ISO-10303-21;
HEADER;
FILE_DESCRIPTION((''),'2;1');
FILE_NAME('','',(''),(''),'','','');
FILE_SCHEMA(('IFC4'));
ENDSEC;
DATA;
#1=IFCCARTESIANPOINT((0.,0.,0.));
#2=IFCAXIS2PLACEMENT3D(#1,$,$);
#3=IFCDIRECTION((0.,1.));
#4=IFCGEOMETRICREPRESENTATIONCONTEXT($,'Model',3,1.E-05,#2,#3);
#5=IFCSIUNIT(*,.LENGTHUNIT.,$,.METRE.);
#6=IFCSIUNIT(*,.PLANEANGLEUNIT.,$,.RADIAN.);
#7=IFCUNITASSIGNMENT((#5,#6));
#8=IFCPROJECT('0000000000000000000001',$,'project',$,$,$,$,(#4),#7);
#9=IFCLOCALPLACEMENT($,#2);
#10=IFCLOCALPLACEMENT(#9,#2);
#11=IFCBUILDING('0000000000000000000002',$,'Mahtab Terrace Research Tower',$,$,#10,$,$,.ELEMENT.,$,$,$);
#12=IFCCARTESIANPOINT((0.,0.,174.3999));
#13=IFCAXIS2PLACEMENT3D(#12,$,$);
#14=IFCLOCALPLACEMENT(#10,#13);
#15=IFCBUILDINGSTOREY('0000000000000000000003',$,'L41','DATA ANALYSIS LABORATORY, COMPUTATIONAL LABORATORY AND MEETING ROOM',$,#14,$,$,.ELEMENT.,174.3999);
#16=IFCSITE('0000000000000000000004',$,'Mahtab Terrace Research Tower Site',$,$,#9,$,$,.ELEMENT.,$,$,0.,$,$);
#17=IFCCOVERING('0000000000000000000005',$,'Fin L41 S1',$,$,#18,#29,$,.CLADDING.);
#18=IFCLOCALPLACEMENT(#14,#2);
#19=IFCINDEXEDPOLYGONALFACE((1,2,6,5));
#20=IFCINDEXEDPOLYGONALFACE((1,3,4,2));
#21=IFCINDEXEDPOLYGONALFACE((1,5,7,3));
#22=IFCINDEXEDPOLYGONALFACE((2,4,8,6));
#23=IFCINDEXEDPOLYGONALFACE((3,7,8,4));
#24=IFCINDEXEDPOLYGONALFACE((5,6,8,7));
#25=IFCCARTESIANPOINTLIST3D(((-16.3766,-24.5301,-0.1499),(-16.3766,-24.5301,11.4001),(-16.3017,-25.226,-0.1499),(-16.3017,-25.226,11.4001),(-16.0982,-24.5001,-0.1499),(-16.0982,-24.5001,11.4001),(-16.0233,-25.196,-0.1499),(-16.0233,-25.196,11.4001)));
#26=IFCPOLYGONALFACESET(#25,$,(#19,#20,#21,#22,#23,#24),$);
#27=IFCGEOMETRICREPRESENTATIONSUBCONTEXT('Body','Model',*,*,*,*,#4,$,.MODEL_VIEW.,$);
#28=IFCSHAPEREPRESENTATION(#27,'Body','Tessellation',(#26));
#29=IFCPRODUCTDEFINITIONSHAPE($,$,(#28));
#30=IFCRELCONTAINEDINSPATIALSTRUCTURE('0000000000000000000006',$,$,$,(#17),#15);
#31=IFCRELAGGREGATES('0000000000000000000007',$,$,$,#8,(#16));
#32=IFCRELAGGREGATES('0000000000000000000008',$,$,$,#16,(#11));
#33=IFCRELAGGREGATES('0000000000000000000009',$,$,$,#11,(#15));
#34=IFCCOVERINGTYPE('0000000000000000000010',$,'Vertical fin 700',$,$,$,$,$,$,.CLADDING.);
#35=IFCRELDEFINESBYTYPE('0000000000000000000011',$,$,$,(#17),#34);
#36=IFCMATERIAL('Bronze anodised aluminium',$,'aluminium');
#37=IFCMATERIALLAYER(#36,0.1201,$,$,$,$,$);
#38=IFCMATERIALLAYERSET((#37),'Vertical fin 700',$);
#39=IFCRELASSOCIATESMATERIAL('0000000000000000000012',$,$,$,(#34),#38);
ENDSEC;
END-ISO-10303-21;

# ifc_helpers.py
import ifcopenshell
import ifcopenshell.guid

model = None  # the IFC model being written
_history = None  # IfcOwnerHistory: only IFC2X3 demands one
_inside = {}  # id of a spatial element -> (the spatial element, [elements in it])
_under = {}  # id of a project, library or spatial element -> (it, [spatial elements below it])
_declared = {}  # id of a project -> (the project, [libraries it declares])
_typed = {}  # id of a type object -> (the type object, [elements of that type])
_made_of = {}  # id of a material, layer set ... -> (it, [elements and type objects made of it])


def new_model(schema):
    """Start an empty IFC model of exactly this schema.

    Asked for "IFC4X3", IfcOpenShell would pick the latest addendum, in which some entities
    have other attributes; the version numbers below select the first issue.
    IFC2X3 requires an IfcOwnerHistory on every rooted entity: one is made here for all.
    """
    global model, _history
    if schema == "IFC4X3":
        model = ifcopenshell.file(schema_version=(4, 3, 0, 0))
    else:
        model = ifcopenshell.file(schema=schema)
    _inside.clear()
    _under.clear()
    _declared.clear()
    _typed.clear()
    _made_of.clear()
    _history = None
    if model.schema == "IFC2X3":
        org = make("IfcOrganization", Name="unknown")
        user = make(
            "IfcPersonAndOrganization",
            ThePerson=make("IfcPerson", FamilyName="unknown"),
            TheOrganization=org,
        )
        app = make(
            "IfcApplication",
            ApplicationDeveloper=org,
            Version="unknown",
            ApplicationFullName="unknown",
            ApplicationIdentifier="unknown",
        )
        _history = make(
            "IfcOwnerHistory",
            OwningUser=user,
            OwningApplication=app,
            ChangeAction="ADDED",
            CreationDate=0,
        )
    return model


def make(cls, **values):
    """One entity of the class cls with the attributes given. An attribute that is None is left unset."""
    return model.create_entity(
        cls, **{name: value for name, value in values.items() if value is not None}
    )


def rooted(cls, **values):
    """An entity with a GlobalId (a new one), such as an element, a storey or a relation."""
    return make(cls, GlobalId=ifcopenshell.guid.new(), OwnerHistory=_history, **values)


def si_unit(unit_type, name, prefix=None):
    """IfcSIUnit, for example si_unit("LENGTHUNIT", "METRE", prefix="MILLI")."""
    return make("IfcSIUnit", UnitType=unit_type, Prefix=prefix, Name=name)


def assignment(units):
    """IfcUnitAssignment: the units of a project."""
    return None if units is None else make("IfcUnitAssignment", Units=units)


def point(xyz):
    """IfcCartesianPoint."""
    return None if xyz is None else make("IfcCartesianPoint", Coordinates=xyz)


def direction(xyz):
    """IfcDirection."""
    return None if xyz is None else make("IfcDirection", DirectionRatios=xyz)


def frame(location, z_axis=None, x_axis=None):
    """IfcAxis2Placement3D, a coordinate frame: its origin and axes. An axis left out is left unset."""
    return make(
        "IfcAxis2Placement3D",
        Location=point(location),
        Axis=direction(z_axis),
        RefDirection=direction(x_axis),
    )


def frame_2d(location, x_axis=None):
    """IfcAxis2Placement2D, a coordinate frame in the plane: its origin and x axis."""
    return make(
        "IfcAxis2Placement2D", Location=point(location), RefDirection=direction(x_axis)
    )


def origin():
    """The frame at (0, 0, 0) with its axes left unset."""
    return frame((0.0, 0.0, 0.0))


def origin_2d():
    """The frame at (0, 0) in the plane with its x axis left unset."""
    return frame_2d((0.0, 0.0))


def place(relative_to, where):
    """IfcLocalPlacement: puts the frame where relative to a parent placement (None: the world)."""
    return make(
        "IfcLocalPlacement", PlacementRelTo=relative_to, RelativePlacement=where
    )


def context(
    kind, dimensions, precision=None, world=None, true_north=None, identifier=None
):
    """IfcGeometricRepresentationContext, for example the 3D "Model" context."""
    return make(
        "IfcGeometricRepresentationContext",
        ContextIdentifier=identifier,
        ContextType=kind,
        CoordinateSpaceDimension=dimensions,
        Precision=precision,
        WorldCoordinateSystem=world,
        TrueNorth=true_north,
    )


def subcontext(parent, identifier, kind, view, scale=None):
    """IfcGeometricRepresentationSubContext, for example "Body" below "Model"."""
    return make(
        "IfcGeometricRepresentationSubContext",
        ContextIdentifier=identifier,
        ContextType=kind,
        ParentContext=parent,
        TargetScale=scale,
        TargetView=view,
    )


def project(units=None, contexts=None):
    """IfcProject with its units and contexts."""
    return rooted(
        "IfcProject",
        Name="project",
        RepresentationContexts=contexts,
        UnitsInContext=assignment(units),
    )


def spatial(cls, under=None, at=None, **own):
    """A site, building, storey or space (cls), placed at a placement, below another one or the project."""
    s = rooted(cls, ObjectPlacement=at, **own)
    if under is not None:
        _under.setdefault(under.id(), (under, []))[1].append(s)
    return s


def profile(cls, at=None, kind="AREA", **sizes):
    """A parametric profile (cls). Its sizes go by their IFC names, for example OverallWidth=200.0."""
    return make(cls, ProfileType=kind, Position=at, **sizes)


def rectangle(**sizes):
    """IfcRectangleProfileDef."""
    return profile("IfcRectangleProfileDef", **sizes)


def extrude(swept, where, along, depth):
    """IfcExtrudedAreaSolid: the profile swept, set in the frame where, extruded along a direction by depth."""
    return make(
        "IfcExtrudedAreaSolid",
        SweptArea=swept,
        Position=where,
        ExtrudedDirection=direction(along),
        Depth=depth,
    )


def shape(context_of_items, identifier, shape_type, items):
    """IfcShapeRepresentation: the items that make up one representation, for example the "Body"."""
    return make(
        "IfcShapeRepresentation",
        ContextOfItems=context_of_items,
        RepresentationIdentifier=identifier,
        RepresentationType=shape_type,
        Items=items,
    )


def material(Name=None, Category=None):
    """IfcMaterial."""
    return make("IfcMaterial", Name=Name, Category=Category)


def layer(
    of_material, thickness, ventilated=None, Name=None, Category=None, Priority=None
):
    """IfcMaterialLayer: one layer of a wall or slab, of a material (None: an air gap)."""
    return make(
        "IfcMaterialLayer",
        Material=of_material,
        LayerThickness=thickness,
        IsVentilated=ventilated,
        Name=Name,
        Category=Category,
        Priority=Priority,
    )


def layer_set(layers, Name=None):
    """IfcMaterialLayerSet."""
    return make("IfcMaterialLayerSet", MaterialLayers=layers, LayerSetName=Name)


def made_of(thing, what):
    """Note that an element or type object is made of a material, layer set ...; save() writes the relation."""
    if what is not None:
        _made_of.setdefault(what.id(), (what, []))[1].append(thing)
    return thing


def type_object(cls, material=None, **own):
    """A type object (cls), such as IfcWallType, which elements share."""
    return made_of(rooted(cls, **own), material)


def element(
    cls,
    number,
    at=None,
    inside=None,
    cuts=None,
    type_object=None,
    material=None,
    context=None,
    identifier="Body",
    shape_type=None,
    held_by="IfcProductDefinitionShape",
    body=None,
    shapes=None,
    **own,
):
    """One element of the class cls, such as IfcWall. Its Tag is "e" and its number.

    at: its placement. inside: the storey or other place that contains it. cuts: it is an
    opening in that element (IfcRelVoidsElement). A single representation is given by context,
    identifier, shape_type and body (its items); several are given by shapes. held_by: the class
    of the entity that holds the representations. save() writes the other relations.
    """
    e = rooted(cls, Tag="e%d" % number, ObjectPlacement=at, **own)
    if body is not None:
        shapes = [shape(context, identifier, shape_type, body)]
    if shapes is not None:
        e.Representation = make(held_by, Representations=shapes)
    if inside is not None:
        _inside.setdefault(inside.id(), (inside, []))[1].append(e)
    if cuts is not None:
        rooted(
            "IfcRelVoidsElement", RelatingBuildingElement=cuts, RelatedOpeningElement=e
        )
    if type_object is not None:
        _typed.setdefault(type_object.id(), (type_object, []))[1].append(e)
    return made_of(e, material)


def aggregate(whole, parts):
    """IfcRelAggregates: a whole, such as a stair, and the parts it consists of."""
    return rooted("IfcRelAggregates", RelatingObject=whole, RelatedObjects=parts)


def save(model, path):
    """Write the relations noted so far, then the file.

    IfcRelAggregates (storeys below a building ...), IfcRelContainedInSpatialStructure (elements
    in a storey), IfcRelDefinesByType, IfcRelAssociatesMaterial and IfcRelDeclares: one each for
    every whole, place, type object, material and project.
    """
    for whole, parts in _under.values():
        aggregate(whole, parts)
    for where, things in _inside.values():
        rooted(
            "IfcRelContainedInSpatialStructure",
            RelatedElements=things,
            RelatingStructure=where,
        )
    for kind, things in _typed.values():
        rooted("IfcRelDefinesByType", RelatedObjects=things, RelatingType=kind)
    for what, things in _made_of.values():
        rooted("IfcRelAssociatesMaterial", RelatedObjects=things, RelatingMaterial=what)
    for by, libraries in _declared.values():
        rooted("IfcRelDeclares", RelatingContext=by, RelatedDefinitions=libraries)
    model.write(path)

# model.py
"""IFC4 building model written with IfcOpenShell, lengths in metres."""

from ifc_helpers import new_model, si_unit, direction, frame, origin, origin_2d, place, context, subcontext, project, spatial, rectangle, extrude, material, layer, layer_set, type_object, element, save


model = new_model("IFC4")

# Units and contexts
model_context = context("Model", 3, precision=1e-05, world=origin(), true_north=direction((0.0, 1.0)))
body_context = subcontext(model_context, "Body", "Model", "MODEL_VIEW")
ifc_project = project(units=[si_unit("LENGTHUNIT", "METRE"), si_unit("PLANEANGLEUNIT", "RADIAN")], contexts=[model_context])

# Site, building, storey
site_placement = place(None, origin())
site = spatial("IfcSite", under=ifc_project, at=site_placement, Name="Mahtab Terrace Research Tower Site", CompositionType="ELEMENT", RefElevation=0.0)
building_placement = place(site_placement, origin())
building = spatial("IfcBuilding", under=site, at=building_placement, Name="Mahtab Terrace Research Tower", CompositionType="ELEMENT")
storey_placement = place(building_placement, frame((0.0, 0.0, 174.3999)))
storey = spatial("IfcBuildingStorey", under=building, at=storey_placement, Name="L41", Description="DATA ANALYSIS LABORATORY, COMPUTATIONAL LABORATORY AND MEETING ROOM", CompositionType="ELEMENT", Elevation=174.3999)

# Covering
ifc_material_1 = material(Name="Bronze anodised aluminium", Category="aluminium")
ifc_layer_1 = layer(ifc_material_1, 0.1201)
ifc_layer_set_1 = layer_set([ifc_layer_1], Name="Vertical fin 700")
covering_type = type_object("IfcCoveringType", Name="Vertical fin 700", PredefinedType="CLADDING", material=ifc_layer_set_1)
for number, where, z_axis, x_axis, name in (
    (1, (-16.2, -24.863, -0.1499), (0.0, 0.0, 1.0), (0.994258, 0.107008, 0.0), "Fin L41 S1"),
):
    element("IfcCovering", number, at=place(storey_placement, frame(where, z_axis=z_axis, x_axis=x_axis)), inside=storey, type_object=covering_type, Name=name, PredefinedType="CLADDING", context=body_context, shape_type="SweptSolid", body=[
        extrude(rectangle(XDim=0.28, YDim=0.7, at=origin_2d()), origin(), (0.0, 0.0, 1.0), 11.55),
    ])

save(model, "model.ifc")
